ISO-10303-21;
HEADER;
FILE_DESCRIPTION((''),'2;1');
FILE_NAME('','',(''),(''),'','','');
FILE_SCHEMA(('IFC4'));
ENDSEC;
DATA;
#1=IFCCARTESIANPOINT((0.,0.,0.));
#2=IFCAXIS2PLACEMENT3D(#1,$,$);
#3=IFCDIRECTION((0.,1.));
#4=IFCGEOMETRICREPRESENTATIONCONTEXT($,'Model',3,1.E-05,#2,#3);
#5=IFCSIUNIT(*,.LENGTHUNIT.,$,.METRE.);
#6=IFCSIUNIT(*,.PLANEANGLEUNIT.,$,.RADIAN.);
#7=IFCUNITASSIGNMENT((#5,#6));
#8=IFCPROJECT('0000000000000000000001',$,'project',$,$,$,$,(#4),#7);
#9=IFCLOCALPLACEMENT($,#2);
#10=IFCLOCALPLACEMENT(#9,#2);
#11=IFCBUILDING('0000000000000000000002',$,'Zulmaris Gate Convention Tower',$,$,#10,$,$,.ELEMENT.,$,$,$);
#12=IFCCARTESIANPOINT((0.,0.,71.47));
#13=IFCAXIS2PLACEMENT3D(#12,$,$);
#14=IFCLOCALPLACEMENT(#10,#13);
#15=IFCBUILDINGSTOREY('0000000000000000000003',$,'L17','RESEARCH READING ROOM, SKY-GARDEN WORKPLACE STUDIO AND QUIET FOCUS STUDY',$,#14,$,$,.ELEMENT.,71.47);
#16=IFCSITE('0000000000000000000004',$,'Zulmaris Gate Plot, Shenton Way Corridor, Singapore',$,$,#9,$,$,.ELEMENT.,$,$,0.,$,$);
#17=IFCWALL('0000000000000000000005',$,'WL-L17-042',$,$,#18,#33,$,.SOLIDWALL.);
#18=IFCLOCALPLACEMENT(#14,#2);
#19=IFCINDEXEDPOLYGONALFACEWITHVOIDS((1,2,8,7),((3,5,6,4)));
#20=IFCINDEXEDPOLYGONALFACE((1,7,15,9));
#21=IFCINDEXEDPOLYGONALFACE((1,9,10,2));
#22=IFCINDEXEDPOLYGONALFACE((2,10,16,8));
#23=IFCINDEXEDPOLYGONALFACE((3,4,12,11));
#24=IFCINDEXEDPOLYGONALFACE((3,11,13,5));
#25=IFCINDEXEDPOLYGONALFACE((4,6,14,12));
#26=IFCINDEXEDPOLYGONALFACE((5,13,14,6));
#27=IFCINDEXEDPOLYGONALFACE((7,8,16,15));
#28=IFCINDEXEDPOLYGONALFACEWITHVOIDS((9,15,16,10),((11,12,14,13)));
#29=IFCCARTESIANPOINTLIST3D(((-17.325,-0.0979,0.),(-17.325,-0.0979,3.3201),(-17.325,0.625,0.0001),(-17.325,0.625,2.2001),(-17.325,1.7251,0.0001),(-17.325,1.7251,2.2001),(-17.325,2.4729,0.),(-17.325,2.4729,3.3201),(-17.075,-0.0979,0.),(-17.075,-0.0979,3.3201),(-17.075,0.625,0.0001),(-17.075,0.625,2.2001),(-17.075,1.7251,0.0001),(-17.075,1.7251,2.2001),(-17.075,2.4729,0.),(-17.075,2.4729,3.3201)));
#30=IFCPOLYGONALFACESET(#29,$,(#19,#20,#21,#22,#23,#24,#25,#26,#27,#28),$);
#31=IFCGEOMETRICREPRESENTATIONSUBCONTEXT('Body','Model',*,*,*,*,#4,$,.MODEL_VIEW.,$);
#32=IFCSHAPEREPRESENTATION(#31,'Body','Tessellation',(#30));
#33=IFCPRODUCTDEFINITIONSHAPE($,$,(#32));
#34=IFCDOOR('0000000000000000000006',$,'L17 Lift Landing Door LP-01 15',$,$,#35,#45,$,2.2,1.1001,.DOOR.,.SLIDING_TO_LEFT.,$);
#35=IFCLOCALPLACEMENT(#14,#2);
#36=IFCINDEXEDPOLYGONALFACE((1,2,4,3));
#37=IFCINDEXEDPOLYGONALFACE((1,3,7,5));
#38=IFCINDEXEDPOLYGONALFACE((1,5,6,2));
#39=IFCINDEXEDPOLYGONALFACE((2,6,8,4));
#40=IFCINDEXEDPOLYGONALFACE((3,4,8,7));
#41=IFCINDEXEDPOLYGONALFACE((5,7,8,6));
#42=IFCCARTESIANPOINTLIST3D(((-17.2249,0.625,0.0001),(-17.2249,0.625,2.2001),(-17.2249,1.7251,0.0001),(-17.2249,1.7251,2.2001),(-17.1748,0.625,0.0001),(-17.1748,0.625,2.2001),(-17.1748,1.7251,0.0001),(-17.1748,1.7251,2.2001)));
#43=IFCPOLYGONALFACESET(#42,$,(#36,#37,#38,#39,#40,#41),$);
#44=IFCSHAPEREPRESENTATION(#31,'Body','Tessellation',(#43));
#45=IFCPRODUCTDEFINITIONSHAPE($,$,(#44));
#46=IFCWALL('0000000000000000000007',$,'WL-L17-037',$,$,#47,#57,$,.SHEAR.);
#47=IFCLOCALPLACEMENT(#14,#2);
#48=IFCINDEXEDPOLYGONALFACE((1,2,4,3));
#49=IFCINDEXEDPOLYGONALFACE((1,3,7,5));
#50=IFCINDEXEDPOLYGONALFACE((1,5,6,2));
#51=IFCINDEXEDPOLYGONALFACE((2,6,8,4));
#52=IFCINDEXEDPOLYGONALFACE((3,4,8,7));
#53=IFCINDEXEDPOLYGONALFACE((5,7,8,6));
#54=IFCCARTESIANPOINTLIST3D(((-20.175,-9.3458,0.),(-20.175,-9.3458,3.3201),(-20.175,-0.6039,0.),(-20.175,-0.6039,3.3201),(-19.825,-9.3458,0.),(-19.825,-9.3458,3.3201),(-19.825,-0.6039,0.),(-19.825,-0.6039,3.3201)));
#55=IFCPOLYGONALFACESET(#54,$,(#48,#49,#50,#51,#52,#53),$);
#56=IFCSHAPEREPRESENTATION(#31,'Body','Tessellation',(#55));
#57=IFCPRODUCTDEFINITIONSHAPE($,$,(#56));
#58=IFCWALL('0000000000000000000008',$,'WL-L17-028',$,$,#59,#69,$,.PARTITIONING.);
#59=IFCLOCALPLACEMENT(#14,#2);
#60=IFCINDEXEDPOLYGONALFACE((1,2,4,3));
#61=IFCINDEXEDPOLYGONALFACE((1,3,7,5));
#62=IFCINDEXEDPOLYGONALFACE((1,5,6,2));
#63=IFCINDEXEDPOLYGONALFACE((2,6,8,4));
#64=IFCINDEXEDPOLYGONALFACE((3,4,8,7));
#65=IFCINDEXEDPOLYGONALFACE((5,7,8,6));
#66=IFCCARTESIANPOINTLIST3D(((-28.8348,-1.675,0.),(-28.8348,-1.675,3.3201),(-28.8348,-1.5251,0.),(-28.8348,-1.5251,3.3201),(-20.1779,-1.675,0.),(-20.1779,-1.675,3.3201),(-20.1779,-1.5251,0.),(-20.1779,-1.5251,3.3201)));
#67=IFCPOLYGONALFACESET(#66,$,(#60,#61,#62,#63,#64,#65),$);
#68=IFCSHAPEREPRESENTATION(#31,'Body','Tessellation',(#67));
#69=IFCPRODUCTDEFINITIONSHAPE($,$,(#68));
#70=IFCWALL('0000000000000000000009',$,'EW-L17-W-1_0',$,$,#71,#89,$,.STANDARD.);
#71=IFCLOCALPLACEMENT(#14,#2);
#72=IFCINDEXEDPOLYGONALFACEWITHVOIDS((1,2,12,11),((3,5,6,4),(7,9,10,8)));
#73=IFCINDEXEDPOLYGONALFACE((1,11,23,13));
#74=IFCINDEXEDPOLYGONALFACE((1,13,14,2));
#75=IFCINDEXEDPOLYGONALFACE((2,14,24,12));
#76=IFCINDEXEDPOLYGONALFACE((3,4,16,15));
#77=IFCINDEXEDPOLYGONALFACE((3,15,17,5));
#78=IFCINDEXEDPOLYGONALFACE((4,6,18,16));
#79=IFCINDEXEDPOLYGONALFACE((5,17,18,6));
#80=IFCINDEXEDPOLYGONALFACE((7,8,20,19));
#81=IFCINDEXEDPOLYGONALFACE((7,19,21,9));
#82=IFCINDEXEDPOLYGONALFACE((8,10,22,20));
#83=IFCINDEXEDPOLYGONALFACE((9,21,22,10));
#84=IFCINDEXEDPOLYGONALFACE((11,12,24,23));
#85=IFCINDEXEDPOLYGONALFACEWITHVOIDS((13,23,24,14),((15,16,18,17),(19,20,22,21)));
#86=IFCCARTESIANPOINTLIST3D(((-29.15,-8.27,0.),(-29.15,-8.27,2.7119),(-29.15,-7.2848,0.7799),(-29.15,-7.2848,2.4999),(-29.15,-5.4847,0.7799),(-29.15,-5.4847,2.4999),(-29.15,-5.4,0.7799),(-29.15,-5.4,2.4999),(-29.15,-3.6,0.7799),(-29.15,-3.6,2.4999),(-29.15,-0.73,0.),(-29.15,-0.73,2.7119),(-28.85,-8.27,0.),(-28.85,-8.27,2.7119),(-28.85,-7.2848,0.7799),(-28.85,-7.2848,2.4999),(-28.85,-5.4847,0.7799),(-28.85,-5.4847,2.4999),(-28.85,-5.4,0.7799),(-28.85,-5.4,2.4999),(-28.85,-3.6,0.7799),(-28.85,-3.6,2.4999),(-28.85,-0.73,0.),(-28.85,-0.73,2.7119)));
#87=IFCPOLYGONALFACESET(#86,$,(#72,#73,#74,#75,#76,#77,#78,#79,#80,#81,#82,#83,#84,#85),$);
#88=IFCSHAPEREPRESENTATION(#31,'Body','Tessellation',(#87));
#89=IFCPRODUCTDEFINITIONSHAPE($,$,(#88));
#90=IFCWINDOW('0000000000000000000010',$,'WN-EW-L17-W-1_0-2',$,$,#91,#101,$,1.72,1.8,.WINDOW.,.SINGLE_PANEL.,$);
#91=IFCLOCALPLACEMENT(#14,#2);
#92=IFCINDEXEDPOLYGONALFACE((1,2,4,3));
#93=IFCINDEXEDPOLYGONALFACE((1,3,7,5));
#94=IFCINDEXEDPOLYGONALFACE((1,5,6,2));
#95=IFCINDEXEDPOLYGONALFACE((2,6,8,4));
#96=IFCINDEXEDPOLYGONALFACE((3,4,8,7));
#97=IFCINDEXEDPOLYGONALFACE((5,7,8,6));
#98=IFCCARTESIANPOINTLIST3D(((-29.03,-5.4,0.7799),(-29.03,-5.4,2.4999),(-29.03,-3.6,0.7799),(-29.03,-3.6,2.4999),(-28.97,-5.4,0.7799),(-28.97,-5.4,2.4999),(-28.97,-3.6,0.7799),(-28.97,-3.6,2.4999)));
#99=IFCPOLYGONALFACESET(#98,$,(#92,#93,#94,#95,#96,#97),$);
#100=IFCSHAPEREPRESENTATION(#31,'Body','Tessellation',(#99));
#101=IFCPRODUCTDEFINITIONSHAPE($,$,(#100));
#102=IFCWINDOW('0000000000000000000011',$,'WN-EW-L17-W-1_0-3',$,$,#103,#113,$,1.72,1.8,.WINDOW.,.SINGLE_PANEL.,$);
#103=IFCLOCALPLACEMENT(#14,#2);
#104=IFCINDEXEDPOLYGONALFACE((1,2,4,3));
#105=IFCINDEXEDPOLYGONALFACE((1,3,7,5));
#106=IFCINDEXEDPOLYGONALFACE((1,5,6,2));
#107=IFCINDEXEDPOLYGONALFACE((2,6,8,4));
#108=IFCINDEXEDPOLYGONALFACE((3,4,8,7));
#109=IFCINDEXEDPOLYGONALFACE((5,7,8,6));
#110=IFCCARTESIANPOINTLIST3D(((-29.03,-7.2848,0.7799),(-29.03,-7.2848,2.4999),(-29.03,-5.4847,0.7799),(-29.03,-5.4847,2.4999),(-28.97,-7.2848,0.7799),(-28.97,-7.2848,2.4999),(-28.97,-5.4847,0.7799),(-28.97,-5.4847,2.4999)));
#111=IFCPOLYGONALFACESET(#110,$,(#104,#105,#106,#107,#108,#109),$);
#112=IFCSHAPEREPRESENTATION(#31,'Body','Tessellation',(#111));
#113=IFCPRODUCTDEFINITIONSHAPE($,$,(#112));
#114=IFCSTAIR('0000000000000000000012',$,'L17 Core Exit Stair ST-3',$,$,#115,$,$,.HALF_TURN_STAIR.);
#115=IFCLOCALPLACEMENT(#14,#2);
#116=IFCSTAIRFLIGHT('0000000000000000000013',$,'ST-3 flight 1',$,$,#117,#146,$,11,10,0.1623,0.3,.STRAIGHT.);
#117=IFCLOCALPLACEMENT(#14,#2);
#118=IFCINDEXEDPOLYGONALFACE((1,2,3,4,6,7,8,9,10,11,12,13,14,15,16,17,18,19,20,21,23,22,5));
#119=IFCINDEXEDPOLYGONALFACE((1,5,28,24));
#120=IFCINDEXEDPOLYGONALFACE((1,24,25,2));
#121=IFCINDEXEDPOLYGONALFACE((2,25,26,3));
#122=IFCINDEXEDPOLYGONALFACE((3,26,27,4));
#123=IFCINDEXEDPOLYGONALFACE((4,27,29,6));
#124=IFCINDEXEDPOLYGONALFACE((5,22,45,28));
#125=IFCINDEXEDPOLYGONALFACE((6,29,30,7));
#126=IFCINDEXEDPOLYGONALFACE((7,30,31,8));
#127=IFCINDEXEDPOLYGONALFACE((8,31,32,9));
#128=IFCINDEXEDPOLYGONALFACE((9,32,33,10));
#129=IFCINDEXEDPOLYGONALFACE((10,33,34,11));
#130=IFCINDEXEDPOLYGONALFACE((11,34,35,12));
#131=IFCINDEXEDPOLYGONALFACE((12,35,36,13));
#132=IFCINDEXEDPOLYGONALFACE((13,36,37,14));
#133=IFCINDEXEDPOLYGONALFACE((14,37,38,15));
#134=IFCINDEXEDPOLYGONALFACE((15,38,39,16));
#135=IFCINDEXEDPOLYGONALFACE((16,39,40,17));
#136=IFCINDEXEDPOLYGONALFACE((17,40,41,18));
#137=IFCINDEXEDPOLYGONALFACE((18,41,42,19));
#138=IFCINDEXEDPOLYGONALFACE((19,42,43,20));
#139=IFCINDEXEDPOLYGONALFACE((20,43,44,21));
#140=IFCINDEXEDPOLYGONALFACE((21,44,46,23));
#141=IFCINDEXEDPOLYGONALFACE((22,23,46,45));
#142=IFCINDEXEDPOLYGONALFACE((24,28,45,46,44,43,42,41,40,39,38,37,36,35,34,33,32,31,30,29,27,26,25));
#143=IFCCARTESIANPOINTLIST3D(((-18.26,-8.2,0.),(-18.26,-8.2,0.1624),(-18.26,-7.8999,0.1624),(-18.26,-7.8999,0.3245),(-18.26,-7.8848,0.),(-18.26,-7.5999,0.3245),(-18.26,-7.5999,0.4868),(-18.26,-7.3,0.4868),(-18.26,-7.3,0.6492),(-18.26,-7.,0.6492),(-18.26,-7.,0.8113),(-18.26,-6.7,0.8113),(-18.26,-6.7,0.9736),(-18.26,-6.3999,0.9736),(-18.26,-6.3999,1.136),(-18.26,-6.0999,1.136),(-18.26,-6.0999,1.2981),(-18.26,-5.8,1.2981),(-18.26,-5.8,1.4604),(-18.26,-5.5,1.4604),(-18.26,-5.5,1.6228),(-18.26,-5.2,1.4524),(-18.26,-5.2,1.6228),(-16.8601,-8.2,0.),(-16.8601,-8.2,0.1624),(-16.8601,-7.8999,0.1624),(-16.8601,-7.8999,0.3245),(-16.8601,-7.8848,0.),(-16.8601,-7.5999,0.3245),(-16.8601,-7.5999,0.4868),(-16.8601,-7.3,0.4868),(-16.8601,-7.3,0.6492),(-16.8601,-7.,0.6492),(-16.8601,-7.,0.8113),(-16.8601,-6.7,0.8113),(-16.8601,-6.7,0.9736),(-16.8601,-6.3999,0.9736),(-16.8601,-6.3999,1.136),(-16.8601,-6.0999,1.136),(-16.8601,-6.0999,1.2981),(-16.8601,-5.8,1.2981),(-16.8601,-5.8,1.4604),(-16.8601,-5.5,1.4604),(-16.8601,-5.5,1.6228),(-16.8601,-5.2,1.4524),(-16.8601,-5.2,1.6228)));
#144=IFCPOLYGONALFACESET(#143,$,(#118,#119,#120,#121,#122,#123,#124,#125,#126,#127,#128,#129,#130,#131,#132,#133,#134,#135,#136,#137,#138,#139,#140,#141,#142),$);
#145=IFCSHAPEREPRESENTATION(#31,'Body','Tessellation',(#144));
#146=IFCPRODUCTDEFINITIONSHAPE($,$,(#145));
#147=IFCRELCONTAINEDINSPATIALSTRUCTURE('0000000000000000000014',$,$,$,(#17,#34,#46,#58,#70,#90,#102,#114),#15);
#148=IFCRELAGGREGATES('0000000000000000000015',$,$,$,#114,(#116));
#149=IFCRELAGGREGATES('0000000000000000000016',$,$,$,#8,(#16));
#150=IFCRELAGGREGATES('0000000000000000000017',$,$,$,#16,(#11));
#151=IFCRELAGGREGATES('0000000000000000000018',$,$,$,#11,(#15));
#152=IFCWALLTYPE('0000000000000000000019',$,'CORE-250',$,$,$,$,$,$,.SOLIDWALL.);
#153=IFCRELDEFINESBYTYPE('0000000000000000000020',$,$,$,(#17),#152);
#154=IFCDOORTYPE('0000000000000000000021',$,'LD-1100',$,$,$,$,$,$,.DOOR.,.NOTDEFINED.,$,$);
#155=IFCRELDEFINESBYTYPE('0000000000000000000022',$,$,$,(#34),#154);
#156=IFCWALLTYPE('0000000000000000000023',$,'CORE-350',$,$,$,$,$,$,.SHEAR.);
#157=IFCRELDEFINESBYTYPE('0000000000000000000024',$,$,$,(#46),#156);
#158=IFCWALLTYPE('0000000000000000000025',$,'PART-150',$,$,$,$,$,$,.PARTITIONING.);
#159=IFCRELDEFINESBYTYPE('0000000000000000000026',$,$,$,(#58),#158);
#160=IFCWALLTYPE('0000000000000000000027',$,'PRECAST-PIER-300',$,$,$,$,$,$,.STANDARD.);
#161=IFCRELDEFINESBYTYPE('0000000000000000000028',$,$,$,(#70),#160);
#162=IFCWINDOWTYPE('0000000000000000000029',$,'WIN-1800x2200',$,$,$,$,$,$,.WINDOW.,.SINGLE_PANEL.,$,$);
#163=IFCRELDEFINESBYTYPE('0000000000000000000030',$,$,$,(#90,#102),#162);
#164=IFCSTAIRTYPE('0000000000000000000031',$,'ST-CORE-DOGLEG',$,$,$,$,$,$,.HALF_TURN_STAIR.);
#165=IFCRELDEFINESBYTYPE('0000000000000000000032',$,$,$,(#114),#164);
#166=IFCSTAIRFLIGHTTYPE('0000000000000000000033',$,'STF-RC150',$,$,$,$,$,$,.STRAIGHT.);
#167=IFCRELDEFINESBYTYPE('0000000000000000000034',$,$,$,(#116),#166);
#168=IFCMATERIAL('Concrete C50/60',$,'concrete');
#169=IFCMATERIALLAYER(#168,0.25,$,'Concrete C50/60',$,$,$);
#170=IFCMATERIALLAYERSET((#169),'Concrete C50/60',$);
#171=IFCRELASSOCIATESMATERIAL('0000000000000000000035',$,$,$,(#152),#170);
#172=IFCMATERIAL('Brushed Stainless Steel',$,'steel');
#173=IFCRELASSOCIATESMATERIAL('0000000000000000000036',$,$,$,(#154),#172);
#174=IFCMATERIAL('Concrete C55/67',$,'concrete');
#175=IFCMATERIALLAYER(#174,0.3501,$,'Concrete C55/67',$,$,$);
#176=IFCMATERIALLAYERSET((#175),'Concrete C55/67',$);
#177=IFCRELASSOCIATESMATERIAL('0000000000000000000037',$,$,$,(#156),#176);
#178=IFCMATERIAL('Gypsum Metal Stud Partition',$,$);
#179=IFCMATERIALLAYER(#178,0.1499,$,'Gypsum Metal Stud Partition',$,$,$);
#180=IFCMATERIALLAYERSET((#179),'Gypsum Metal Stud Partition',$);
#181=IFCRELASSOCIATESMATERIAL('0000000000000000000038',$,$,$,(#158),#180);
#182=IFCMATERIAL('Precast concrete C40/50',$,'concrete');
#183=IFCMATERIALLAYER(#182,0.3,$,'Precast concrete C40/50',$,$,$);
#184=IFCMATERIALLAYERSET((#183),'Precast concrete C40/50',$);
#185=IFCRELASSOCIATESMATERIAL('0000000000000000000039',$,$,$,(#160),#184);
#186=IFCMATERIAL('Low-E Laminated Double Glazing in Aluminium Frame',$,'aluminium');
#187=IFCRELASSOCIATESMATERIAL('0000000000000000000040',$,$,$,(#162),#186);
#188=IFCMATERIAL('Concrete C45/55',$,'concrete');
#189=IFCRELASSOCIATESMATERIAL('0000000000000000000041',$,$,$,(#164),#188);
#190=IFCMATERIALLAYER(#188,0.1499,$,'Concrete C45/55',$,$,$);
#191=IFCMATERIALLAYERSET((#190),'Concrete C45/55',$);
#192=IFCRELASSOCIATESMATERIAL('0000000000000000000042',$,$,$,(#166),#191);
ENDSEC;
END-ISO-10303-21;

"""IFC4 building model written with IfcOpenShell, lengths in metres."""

from ifc_helpers import new_model, si_unit, direction, frame, frame_2d, origin, place, context, subcontext, project, spatial, polyline, rectangle, outline, extrude, material, layer, layer_set, type_object, element, fill, aggregate, save


model = new_model("IFC4")

# Units and contexts
model_context = context("Model", 3, precision=1e-05, world=origin(), true_north=direction((0.0, 1.0)))
body_context = subcontext(model_context, "Body", "Model", "MODEL_VIEW")
ifc_project = project(units=[si_unit("LENGTHUNIT", "METRE"), si_unit("PLANEANGLEUNIT", "RADIAN")], contexts=[model_context])

# Site, building, storey
site_placement = place(None, origin())
site = spatial("IfcSite", under=ifc_project, at=site_placement, Name="Zulmaris Gate Plot, Shenton Way Corridor, Singapore", CompositionType="ELEMENT", RefElevation=0.0)
building_placement = place(site_placement, origin())
building = spatial("IfcBuilding", under=site, at=building_placement, Name="Zulmaris Gate Convention Tower", CompositionType="ELEMENT")
storey_placement = place(building_placement, frame((0.0, 0.0, 71.47)))
storey = spatial("IfcBuildingStorey", under=building, at=storey_placement, Name="L17", Description="RESEARCH READING ROOM, SKY-GARDEN WORKPLACE STUDIO AND QUIET FOCUS STUDY", CompositionType="ELEMENT", Elevation=71.47)

# Wall, opening, door
ifc_material_1 = material(Name="Concrete C50/60", Category="concrete")
ifc_layer_1 = layer(ifc_material_1, 0.25, Name="Concrete C50/60")
ifc_layer_set_1 = layer_set([ifc_layer_1], Name="Concrete C50/60")
wall_type_1 = type_object("IfcWallType", Name="CORE-250", PredefinedType="SOLIDWALL", material=ifc_layer_set_1)
wall_1_placement = place(storey_placement, frame((-17.2, -0.0979, 0.0), z_axis=(0.0, 0.0, 1.0), x_axis=(0.0, 1.0, 0.0)))
wall_1 = element("IfcWall", 1, at=wall_1_placement, inside=storey, type_object=wall_type_1, Name="WL-L17-042", PredefinedType="SOLIDWALL", context=body_context, shape_type="SweptSolid", body=[
    extrude(rectangle(XDim=2.5708, YDim=0.25, at=frame_2d((1.2854, 0.0))), origin(), (0.0, 0.0, 1.0), 3.3201),
])
opening_1_placement = place(wall_1_placement, frame((0.7229, 0.0, 0.0)))
opening_1 = element("IfcOpeningElement", 2, at=opening_1_placement, cuts=wall_1, PredefinedType="OPENING", context=body_context, shape_type="SweptSolid", body=[
    extrude(rectangle(XDim=1.1001, YDim=2.2, at=frame_2d((0.55, 1.1001))), frame((0.0, 0.135, 0.0), z_axis=(0.0, -1.0, 0.0), x_axis=(1.0, 0.0, 0.0)), (0.0, 0.0, 1.0), 0.27),
])
ifc_material_2 = material(Name="Brushed Stainless Steel", Category="steel")
door_type_1 = type_object("IfcDoorType", Name="LD-1100", OperationType="NOTDEFINED", PredefinedType="DOOR", material=ifc_material_2)
door_1_placement = place(opening_1_placement, origin())
door_1 = element("IfcDoor", 3, at=door_1_placement, inside=storey, type_object=door_type_1, Name="L17 Lift Landing Door LP-01 15", OperationType="SLIDING_TO_LEFT", OverallHeight=2.2, OverallWidth=1.1001, PredefinedType="DOOR", context=body_context, shape_type="SweptSolid", body=[
    extrude(rectangle(XDim=1.1001, YDim=2.2, at=frame_2d((0.55, 1.1001))), frame((0.0, 0.0249, 0.0), z_axis=(0.0, -1.0, 0.0), x_axis=(1.0, 0.0, 0.0)), (0.0, 0.0, 1.0), 0.05),
])
fill(opening_1, door_1)

# Walls
ifc_material_3 = material(Name="Concrete C55/67", Category="concrete")
ifc_layer_2 = layer(ifc_material_3, 0.3501, Name="Concrete C55/67")
ifc_layer_set_2 = layer_set([ifc_layer_2], Name="Concrete C55/67")
wall_type_2 = type_object("IfcWallType", Name="CORE-350", PredefinedType="SHEAR", material=ifc_layer_set_2)
wall_2_placement = place(storey_placement, frame((-20.0, -9.3459, 0.0), z_axis=(0.0, 0.0, 1.0), x_axis=(0.0, 1.0, 0.0)))
element("IfcWall", 4, at=wall_2_placement, inside=storey, type_object=wall_type_2, Name="WL-L17-037", PredefinedType="SHEAR", context=body_context, shape_type="SweptSolid", body=[
    extrude(rectangle(XDim=8.7419, YDim=0.3501, at=frame_2d((4.3711, 0.0))), origin(), (0.0, 0.0, 1.0), 3.3201),
])
ifc_material_4 = material(Name="Gypsum Metal Stud Partition")
ifc_layer_3 = layer(ifc_material_4, 0.1499, Name="Gypsum Metal Stud Partition")
ifc_layer_set_3 = layer_set([ifc_layer_3], Name="Gypsum Metal Stud Partition")
wall_type_3 = type_object("IfcWallType", Name="PART-150", PredefinedType="PARTITIONING", material=ifc_layer_set_3)
wall_3_placement = place(storey_placement, frame((-28.835, -1.6001, 0.0), z_axis=(0.0, 0.0, 1.0), x_axis=(1.0, 0.0, 0.0)))
element("IfcWall", 5, at=wall_3_placement, inside=storey, type_object=wall_type_3, Name="WL-L17-028", PredefinedType="PARTITIONING", context=body_context, shape_type="SweptSolid", body=[
    extrude(rectangle(XDim=8.657, YDim=0.1499, at=frame_2d((4.3286, 0.0))), origin(), (0.0, 0.0, 1.0), 3.3201),
])

# Wall, openings, windows
ifc_material_5 = material(Name="Precast concrete C40/50", Category="concrete")
ifc_layer_4 = layer(ifc_material_5, 0.3, Name="Precast concrete C40/50")
ifc_layer_set_4 = layer_set([ifc_layer_4], Name="Precast concrete C40/50")
wall_type_4 = type_object("IfcWallType", Name="PRECAST-PIER-300", PredefinedType="STANDARD", material=ifc_layer_set_4)
wall_4_placement = place(storey_placement, frame((-29.0, -0.73, 0.0), z_axis=(0.0, 0.0, 1.0), x_axis=(0.0, -1.0, 0.0)))
wall_4 = element("IfcWall", 6, at=wall_4_placement, inside=storey, type_object=wall_type_4, Name="EW-L17-W-1_0", PredefinedType="STANDARD", context=body_context, shape_type="SweptSolid", body=[
    extrude(rectangle(XDim=7.54, YDim=0.3, at=frame_2d((3.77, 0.0))), origin(), (0.0, 0.0, 1.0), 2.7119),
])
opening_2_placement = place(wall_4_placement, frame((2.8701, 0.0, 0.78)))
opening_2 = element("IfcOpeningElement", 7, at=opening_2_placement, cuts=wall_4, PredefinedType="OPENING", context=body_context, shape_type="SweptSolid", body=[
    extrude(rectangle(XDim=1.8, YDim=1.72, at=frame_2d((0.8999, 0.8599))), frame((0.0, 0.1602, 0.0), z_axis=(0.0, -1.0, 0.0), x_axis=(1.0, 0.0, 0.0)), (0.0, 0.0, 1.0), 0.3201),
])
opening_3_placement = place(wall_4_placement, frame((4.7549, 0.0, 0.78)))
opening_3 = element("IfcOpeningElement", 8, at=opening_3_placement, cuts=wall_4, PredefinedType="OPENING", context=body_context, shape_type="SweptSolid", body=[
    extrude(rectangle(XDim=1.8, YDim=1.72, at=frame_2d((0.8999, 0.8599))), frame((0.0, 0.1602, 0.0), z_axis=(0.0, -1.0, 0.0), x_axis=(1.0, 0.0, 0.0)), (0.0, 0.0, 1.0), 0.3201),
])
ifc_material_6 = material(Name="Low-E Laminated Double Glazing in Aluminium Frame", Category="aluminium")
window_type = type_object("IfcWindowType", Name="WIN-1800x2200", PartitioningType="SINGLE_PANEL", PredefinedType="WINDOW", material=ifc_material_6)
window_1_placement = place(opening_2_placement, origin())
window_1 = element("IfcWindow", 9, at=window_1_placement, inside=storey, type_object=window_type, Name="WN-EW-L17-W-1_0-2", OverallHeight=1.72, OverallWidth=1.8, PartitioningType="SINGLE_PANEL", PredefinedType="WINDOW", context=body_context, shape_type="SweptSolid", body=[
    extrude(rectangle(XDim=1.8, YDim=1.72, at=frame_2d((0.8999, 0.8599))), frame((0.0, 0.03, 0.0), z_axis=(0.0, -1.0, 0.0), x_axis=(1.0, 0.0, 0.0)), (0.0, 0.0, 1.0), 0.0601),
])
fill(opening_2, window_1)
window_2_placement = place(opening_3_placement, origin())
window_2 = element("IfcWindow", 10, at=window_2_placement, inside=storey, type_object=window_type, Name="WN-EW-L17-W-1_0-3", OverallHeight=1.72, OverallWidth=1.8, PartitioningType="SINGLE_PANEL", PredefinedType="WINDOW", context=body_context, shape_type="SweptSolid", body=[
    extrude(rectangle(XDim=1.8, YDim=1.72, at=frame_2d((0.8999, 0.8599))), frame((0.0, 0.03, 0.0), z_axis=(0.0, -1.0, 0.0), x_axis=(1.0, 0.0, 0.0)), (0.0, 0.0, 1.0), 0.0601),
])
fill(opening_3, window_2)

# Stair, stair flight
ifc_material_7 = material(Name="Concrete C45/55", Category="concrete")
stair_type = type_object("IfcStairType", Name="ST-CORE-DOGLEG", PredefinedType="HALF_TURN_STAIR", material=ifc_material_7)
stair_placement = place(storey_placement, origin())
stair = element("IfcStair", 11, at=stair_placement, inside=storey, type_object=stair_type, Name="L17 Core Exit Stair ST-3", PredefinedType="HALF_TURN_STAIR")
ifc_layer_5 = layer(ifc_material_7, 0.1499, Name="Concrete C45/55")
ifc_layer_set_5 = layer_set([ifc_layer_5], Name="Concrete C45/55")
stair_flight_type = type_object("IfcStairFlightType", Name="STF-RC150", PredefinedType="STRAIGHT", material=ifc_layer_set_5)
stair_flight_1_placement = place(storey_placement, frame((-17.5601, -8.2, 0.0), z_axis=(0.0, 0.0, 1.0), x_axis=(0.0, 1.0, 0.0)))
stair_flight_1 = element("IfcStairFlight", 12, at=stair_flight_1_placement, type_object=stair_flight_type, Name="ST-3 flight 1", NumberOfRisers=11, NumberOfTreads=10, PredefinedType="STRAIGHT", RiserHeight=0.1623, TreadLength=0.3, context=body_context, shape_type="SweptSolid", body=[
    extrude(outline(polyline([(0.0, 0.0), (0.0, 0.1624), (0.3, 0.1624), (0.3, 0.3245), (0.6001, 0.3245), (0.6001, 0.4868), (0.8999, 0.4868), (0.8999, 0.6492), (1.2, 0.6492), (1.2, 0.8113), (1.5, 0.8113), (1.5, 0.9736), (1.8, 0.9736), (1.8, 1.136), (2.1001, 1.136), (2.1001, 1.2981), (2.3999, 1.2981), (2.3999, 1.4604), (2.7, 1.4604), (2.7, 1.6228), (3.0, 1.6228), (3.0, 1.7849), (3.0, 1.4524), (0.3152, 0.0), (0.0, 0.0)])), frame((0.0, 0.7, 0.0), z_axis=(0.0, -1.0, 0.0), x_axis=(1.0, 0.0, 0.0)), (0.0, 0.0, 1.0), 1.3999),
])
aggregate(stair, [stair_flight_1])

save(model, "model.ifc")
